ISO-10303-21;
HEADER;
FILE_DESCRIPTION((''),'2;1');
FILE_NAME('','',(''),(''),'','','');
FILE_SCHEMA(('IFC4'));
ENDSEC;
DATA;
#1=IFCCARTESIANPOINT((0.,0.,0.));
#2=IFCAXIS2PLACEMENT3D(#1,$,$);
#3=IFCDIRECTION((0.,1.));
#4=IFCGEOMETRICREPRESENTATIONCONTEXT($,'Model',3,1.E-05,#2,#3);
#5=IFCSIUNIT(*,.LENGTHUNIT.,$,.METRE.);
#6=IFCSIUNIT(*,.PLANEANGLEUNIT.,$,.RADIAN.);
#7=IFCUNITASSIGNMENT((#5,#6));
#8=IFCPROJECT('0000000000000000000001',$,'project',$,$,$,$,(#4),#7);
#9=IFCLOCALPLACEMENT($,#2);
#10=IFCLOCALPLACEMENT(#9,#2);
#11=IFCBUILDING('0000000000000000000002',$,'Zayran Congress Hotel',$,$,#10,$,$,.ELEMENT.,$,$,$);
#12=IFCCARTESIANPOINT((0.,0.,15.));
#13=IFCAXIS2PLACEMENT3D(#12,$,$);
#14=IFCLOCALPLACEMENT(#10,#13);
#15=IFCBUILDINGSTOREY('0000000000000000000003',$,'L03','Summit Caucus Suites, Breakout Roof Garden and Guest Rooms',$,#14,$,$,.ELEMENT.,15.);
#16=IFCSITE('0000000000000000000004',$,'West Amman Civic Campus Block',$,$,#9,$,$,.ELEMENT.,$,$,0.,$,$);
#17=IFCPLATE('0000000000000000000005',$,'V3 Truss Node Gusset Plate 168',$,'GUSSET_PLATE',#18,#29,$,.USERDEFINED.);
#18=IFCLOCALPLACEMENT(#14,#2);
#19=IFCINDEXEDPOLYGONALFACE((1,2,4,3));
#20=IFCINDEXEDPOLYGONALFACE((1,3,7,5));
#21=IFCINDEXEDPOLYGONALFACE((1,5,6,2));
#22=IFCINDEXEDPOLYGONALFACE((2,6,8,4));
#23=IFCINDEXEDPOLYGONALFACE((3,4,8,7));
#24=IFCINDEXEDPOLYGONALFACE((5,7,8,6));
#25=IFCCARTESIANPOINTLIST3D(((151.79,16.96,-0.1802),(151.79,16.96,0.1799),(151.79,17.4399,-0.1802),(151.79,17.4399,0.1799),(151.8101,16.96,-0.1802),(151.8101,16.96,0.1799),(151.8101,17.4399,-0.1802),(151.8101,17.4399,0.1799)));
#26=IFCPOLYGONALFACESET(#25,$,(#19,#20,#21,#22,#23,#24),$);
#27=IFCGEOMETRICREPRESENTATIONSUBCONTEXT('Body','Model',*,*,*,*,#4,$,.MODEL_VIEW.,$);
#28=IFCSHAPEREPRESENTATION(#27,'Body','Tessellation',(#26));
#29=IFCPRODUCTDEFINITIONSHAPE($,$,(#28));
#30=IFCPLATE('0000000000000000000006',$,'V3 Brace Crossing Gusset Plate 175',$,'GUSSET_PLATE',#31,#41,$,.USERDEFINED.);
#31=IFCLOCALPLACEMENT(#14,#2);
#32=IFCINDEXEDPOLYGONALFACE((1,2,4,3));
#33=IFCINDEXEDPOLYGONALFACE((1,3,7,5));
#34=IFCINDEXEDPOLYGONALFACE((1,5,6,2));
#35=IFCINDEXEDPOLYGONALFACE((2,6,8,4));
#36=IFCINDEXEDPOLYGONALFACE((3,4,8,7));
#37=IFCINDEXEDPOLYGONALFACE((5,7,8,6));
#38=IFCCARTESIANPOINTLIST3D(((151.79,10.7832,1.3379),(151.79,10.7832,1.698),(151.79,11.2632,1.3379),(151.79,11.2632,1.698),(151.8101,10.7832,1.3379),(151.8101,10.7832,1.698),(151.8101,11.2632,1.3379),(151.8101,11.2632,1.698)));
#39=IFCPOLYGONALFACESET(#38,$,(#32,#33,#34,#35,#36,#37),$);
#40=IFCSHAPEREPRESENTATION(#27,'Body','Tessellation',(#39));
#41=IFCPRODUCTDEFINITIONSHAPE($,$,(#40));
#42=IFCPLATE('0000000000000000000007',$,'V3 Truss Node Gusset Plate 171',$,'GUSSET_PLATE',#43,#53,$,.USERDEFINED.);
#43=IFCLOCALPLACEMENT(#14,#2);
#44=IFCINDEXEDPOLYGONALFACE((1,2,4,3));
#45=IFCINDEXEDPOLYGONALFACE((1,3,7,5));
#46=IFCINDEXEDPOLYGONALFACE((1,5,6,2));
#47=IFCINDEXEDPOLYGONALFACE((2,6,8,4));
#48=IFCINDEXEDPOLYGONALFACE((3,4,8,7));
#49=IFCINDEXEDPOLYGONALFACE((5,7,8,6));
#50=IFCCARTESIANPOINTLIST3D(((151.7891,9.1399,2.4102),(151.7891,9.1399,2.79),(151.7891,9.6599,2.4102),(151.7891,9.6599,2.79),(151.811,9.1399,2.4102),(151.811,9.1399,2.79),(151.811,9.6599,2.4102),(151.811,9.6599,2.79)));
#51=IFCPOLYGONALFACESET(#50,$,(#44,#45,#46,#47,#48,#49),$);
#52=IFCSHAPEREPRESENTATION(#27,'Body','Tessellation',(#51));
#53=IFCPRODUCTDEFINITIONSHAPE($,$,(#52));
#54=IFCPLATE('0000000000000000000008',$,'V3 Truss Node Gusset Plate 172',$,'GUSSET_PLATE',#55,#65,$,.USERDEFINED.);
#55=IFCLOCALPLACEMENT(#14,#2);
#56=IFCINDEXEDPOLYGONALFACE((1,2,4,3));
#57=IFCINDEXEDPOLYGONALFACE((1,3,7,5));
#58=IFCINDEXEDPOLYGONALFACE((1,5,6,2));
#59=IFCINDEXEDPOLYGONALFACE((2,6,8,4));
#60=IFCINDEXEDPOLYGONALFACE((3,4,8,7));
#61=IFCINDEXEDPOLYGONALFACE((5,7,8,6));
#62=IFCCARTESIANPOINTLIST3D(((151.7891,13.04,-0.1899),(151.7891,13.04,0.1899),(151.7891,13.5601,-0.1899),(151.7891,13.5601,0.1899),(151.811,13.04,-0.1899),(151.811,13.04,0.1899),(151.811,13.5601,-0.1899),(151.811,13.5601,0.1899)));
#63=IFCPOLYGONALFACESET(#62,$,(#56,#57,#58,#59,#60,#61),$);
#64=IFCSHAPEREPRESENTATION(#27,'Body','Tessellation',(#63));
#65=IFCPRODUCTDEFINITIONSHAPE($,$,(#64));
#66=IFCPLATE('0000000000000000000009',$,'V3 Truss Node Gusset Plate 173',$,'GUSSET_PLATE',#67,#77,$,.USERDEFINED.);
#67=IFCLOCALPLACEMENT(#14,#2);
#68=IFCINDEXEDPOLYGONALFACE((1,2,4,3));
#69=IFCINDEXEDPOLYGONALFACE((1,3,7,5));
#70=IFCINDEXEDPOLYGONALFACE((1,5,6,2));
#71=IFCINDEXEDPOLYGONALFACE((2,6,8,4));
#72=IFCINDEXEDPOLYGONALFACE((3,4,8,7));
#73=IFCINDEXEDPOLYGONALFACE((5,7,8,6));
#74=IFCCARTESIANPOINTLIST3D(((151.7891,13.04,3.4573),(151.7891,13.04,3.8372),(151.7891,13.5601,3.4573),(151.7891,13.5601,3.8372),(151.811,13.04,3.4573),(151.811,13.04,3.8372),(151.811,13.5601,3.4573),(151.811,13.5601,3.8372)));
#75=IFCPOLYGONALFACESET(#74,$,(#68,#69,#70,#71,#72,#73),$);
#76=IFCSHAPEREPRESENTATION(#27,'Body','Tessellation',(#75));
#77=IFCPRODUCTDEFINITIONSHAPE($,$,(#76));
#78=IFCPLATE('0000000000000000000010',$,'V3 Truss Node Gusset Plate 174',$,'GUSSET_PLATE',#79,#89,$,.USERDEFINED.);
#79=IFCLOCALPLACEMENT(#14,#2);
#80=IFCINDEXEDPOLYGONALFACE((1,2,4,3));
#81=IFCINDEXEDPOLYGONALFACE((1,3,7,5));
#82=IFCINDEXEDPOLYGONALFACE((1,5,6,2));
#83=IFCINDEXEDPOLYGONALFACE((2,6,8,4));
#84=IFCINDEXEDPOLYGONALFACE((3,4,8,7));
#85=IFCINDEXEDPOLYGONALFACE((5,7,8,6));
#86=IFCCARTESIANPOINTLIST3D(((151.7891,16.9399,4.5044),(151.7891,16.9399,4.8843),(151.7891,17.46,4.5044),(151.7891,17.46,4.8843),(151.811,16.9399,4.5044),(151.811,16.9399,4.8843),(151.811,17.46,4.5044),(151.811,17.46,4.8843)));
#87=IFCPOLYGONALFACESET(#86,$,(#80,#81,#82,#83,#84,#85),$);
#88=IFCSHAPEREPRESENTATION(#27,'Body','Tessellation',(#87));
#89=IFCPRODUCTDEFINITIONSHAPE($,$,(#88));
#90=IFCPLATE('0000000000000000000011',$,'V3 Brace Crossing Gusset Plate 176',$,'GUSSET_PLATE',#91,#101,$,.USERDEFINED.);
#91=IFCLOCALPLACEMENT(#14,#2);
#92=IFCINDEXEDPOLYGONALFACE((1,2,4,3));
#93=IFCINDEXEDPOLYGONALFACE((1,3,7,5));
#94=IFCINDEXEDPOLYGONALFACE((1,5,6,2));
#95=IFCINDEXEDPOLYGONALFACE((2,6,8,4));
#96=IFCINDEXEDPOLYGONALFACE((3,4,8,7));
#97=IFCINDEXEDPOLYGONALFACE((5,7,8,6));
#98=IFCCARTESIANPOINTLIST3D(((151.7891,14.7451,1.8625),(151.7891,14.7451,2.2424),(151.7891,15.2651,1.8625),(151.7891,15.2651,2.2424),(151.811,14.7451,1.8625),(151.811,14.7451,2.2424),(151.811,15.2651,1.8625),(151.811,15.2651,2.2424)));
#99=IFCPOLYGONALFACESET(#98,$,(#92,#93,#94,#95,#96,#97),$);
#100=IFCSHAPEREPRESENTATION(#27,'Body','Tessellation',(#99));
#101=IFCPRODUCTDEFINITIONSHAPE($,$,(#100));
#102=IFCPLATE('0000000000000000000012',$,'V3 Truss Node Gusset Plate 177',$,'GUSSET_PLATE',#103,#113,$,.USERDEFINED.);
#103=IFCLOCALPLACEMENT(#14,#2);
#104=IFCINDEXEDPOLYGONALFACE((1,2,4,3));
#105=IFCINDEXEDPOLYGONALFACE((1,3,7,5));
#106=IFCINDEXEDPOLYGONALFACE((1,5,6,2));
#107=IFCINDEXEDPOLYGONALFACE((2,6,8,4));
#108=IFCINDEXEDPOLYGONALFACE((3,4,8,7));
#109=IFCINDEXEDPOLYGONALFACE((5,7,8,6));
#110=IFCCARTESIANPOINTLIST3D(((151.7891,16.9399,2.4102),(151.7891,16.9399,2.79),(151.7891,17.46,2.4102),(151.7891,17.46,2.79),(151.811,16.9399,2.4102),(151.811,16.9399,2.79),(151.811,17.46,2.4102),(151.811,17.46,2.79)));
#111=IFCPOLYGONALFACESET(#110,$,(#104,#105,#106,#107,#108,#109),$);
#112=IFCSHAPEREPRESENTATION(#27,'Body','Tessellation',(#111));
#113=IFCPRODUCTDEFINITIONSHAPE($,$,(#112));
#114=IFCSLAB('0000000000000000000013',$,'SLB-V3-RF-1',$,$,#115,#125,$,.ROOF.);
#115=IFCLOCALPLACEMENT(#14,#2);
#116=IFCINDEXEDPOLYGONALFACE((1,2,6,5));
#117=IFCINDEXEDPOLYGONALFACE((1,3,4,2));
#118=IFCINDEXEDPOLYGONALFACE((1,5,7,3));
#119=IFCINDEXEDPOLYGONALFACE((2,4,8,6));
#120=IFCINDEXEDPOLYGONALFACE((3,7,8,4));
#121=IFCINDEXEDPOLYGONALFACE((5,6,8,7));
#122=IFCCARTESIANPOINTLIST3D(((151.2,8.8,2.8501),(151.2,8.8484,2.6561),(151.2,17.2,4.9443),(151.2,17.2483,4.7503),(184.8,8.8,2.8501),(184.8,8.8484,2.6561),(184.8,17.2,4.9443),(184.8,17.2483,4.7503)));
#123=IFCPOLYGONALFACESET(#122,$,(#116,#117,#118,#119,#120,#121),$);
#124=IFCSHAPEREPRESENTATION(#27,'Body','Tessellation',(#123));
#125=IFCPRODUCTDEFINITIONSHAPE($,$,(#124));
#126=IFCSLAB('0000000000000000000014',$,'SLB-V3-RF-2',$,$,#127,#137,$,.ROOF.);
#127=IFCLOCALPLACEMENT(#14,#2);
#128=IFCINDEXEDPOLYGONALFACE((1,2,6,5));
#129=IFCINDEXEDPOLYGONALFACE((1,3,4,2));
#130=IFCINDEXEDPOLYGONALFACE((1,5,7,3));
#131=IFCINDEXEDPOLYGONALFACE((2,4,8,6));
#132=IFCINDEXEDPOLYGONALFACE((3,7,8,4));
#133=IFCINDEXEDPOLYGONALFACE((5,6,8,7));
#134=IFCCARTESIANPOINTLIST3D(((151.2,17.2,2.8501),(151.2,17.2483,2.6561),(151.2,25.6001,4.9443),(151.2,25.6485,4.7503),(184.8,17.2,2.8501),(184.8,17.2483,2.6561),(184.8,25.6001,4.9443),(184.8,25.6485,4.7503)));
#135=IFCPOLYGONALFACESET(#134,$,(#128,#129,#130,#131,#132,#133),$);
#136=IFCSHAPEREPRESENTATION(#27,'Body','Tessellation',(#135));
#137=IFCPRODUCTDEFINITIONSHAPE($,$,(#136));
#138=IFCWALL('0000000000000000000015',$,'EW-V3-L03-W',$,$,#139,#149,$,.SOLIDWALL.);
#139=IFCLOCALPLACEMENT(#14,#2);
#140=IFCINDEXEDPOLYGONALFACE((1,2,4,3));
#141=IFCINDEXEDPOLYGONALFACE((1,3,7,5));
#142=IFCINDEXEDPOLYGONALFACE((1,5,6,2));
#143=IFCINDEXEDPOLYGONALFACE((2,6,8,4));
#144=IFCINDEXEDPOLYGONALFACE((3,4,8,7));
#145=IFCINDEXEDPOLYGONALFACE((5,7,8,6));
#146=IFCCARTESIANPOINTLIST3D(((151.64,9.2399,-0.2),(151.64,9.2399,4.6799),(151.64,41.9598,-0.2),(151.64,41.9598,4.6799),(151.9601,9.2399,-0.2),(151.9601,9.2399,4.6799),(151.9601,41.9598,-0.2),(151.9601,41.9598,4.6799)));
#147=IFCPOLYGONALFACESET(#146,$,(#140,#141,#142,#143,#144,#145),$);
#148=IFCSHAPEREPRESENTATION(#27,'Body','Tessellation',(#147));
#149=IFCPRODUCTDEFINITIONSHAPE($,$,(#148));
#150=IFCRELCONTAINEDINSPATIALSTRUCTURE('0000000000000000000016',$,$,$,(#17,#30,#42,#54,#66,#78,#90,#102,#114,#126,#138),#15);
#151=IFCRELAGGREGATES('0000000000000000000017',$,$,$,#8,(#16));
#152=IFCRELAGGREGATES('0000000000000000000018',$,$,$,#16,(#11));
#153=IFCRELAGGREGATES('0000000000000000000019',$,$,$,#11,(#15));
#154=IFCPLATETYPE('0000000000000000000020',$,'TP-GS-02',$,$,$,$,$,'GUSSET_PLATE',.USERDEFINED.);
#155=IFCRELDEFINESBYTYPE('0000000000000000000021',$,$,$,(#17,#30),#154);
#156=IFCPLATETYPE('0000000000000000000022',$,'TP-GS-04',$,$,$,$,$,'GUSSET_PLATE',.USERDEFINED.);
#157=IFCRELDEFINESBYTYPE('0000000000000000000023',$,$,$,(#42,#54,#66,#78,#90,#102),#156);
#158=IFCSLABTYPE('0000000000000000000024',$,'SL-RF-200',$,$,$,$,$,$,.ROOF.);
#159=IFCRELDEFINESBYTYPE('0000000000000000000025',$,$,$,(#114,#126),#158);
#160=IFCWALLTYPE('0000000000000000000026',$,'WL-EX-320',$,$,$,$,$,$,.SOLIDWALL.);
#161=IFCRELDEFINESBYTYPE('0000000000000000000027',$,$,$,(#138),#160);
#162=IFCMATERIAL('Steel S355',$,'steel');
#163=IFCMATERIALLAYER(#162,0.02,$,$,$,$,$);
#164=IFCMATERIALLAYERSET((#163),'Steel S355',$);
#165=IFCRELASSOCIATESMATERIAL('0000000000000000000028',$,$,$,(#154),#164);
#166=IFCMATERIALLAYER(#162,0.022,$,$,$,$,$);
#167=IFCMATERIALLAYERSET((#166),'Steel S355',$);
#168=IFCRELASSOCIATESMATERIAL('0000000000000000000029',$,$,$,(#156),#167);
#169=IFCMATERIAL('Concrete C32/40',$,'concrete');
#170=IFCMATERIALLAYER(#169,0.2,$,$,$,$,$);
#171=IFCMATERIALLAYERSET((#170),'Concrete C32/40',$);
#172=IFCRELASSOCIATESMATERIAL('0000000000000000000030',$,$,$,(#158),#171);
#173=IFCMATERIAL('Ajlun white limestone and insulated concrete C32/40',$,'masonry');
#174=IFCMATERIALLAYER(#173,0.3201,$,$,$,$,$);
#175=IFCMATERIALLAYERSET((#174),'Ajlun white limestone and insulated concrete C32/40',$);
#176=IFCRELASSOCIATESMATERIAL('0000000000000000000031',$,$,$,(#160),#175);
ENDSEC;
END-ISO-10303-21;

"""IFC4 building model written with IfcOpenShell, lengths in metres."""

from ifc_helpers import new_model, si_unit, direction, frame, frame_2d, origin, origin_2d, place, context, subcontext, project, spatial, polyline, rectangle, outline, extrude, material, layer, layer_set, type_object, element, save


model = new_model("IFC4")

# Units and contexts
model_context = context("Model", 3, precision=1e-05, world=origin(), true_north=direction((0.0, 1.0)))
body_context = subcontext(model_context, "Body", "Model", "MODEL_VIEW")
ifc_project = project(units=[si_unit("LENGTHUNIT", "METRE"), si_unit("PLANEANGLEUNIT", "RADIAN")], contexts=[model_context])

# Site, building, storey
site_placement = place(None, origin())
site = spatial("IfcSite", under=ifc_project, at=site_placement, Name="West Amman Civic Campus Block", CompositionType="ELEMENT", RefElevation=0.0)
building_placement = place(site_placement, origin())
building = spatial("IfcBuilding", under=site, at=building_placement, Name="Zayran Congress Hotel", CompositionType="ELEMENT")
storey_placement = place(building_placement, frame((0.0, 0.0, 15.0)))
storey = spatial("IfcBuildingStorey", under=building, at=storey_placement, Name="L03", Description="Summit Caucus Suites, Breakout Roof Garden and Guest Rooms", CompositionType="ELEMENT", Elevation=15.0)

# Shared definitions
ifc_material_1 = material(Name="Steel S355", Category="steel")

# Plates
ifc_layer_1 = layer(ifc_material_1, 0.02)
ifc_layer_set_1 = layer_set([ifc_layer_1], Name="Steel S355")
plate_type_1 = type_object("IfcPlateType", Name="TP-GS-02", ElementType="GUSSET_PLATE", PredefinedType="USERDEFINED", material=ifc_layer_set_1)
for number, where, z_axis, x_axis, name in (
    (1, (151.8, 17.2, -0.1802), (0.0, 0.0, 1.0), (0.0, 1.0, 0.0), "V3 Truss Node Gusset Plate 168"),
    (2, (151.8, 11.0232, 1.3379), (0.0, 0.0, 1.0), (0.0, 1.0, 0.0), "V3 Brace Crossing Gusset Plate 175"),
):
    element("IfcPlate", number, at=place(storey_placement, frame(where, z_axis=z_axis, x_axis=x_axis)), inside=storey, type_object=plate_type_1, Name=name, ObjectType="GUSSET_PLATE", PredefinedType="USERDEFINED", context=body_context, shape_type="SweptSolid", body=[
        extrude(rectangle(XDim=0.48, YDim=0.02, at=origin_2d()), origin(), (0.0, 0.0, 1.0), 0.3601),
    ])
ifc_layer_2 = layer(ifc_material_1, 0.022)
ifc_layer_set_2 = layer_set([ifc_layer_2], Name="Steel S355")
plate_type_2 = type_object("IfcPlateType", Name="TP-GS-04", ElementType="GUSSET_PLATE", PredefinedType="USERDEFINED", material=ifc_layer_set_2)
for number, where, z_axis, x_axis, name in (
    (3, (151.8, 9.3999, 2.4102), (0.0, 0.0, 1.0), (0.0, 1.0, 0.0), "V3 Truss Node Gusset Plate 171"),
    (4, (151.8, 13.3, -0.1899), (0.0, 0.0, 1.0), (0.0, 1.0, 0.0), "V3 Truss Node Gusset Plate 172"),
    (5, (151.8, 13.3, 3.4573), (0.0, 0.0, 1.0), (0.0, 1.0, 0.0), "V3 Truss Node Gusset Plate 173"),
    (6, (151.8, 17.2, 4.5044), (0.0, 0.0, 1.0), (0.0, 1.0, 0.0), "V3 Truss Node Gusset Plate 174"),
    (7, (151.8, 15.0051, 1.8625), (0.0, 0.0, 1.0), (0.0, 1.0, 0.0), "V3 Brace Crossing Gusset Plate 176"),
    (8, (151.8, 17.2, 2.4102), (0.0, 0.0, 1.0), (0.0, 1.0, 0.0), "V3 Truss Node Gusset Plate 177"),
):
    element("IfcPlate", number, at=place(storey_placement, frame(where, z_axis=z_axis, x_axis=x_axis)), inside=storey, type_object=plate_type_2, Name=name, ObjectType="GUSSET_PLATE", PredefinedType="USERDEFINED", context=body_context, shape_type="SweptSolid", body=[
        extrude(rectangle(XDim=0.52, YDim=0.022, at=origin_2d()), origin(), (0.0, 0.0, 1.0), 0.3799),
    ])

# Slabs
ifc_material_2 = material(Name="Concrete C32/40", Category="concrete")
ifc_layer_3 = layer(ifc_material_2, 0.2)
ifc_layer_set_3 = layer_set([ifc_layer_3], Name="Concrete C32/40")
slab_type = type_object("IfcSlabType", Name="SL-RF-200", PredefinedType="ROOF", material=ifc_layer_set_3)
slab_1_placement = place(storey_placement, frame((151.2, 8.8, 2.8501), z_axis=(0.0, -0.241912, 0.970298), x_axis=(1.0, 0.0, 0.0)))
element("IfcSlab", 9, at=slab_1_placement, inside=storey, type_object=slab_type, Name="SLB-V3-RF-1", PredefinedType="ROOF", context=body_context, shape_type="SweptSolid", body=[
    extrude(outline(polyline([(0.0, 0.0), (33.6001, 0.0), (33.6001, 8.657), (0.0, 8.657), (0.0, 0.0)])), origin(), (0.0, 0.0, -1.0), 0.2),
])
slab_2_placement = place(storey_placement, frame((151.2, 17.2, 2.8501), z_axis=(0.0, -0.241905, 0.9703), x_axis=(1.0, 0.0, 0.0)))
element("IfcSlab", 10, at=slab_2_placement, inside=storey, type_object=slab_type, Name="SLB-V3-RF-2", PredefinedType="ROOF", context=body_context, shape_type="SweptSolid", body=[
    extrude(outline(polyline([(0.0, 0.0), (33.6001, 0.0), (33.6001, 8.6573), (0.0, 8.6573), (0.0, 0.0)])), origin(), (0.0, 0.0, -1.0), 0.2),
])

# Wall
ifc_material_3 = material(Name="Ajlun white limestone and insulated concrete C32/40", Category="masonry")
ifc_layer_4 = layer(ifc_material_3, 0.3201)
ifc_layer_set_4 = layer_set([ifc_layer_4], Name="Ajlun white limestone and insulated concrete C32/40")
wall_type = type_object("IfcWallType", Name="WL-EX-320", PredefinedType="SOLIDWALL", material=ifc_layer_set_4)
wall_placement = place(storey_placement, frame((151.8, 9.24, -0.2), z_axis=(0.0, 0.0, 1.0), x_axis=(0.0, 1.0, 0.0)))
element("IfcWall", 11, at=wall_placement, inside=storey, type_object=wall_type, Name="EW-V3-L03-W", PredefinedType="SOLIDWALL", context=body_context, shape_type="SweptSolid", body=[
    extrude(rectangle(XDim=32.72, YDim=0.3201, at=frame_2d((16.3599, 0.0))), origin(), (0.0, 0.0, 1.0), 4.8799),
])

save(model, "model.ifc")
